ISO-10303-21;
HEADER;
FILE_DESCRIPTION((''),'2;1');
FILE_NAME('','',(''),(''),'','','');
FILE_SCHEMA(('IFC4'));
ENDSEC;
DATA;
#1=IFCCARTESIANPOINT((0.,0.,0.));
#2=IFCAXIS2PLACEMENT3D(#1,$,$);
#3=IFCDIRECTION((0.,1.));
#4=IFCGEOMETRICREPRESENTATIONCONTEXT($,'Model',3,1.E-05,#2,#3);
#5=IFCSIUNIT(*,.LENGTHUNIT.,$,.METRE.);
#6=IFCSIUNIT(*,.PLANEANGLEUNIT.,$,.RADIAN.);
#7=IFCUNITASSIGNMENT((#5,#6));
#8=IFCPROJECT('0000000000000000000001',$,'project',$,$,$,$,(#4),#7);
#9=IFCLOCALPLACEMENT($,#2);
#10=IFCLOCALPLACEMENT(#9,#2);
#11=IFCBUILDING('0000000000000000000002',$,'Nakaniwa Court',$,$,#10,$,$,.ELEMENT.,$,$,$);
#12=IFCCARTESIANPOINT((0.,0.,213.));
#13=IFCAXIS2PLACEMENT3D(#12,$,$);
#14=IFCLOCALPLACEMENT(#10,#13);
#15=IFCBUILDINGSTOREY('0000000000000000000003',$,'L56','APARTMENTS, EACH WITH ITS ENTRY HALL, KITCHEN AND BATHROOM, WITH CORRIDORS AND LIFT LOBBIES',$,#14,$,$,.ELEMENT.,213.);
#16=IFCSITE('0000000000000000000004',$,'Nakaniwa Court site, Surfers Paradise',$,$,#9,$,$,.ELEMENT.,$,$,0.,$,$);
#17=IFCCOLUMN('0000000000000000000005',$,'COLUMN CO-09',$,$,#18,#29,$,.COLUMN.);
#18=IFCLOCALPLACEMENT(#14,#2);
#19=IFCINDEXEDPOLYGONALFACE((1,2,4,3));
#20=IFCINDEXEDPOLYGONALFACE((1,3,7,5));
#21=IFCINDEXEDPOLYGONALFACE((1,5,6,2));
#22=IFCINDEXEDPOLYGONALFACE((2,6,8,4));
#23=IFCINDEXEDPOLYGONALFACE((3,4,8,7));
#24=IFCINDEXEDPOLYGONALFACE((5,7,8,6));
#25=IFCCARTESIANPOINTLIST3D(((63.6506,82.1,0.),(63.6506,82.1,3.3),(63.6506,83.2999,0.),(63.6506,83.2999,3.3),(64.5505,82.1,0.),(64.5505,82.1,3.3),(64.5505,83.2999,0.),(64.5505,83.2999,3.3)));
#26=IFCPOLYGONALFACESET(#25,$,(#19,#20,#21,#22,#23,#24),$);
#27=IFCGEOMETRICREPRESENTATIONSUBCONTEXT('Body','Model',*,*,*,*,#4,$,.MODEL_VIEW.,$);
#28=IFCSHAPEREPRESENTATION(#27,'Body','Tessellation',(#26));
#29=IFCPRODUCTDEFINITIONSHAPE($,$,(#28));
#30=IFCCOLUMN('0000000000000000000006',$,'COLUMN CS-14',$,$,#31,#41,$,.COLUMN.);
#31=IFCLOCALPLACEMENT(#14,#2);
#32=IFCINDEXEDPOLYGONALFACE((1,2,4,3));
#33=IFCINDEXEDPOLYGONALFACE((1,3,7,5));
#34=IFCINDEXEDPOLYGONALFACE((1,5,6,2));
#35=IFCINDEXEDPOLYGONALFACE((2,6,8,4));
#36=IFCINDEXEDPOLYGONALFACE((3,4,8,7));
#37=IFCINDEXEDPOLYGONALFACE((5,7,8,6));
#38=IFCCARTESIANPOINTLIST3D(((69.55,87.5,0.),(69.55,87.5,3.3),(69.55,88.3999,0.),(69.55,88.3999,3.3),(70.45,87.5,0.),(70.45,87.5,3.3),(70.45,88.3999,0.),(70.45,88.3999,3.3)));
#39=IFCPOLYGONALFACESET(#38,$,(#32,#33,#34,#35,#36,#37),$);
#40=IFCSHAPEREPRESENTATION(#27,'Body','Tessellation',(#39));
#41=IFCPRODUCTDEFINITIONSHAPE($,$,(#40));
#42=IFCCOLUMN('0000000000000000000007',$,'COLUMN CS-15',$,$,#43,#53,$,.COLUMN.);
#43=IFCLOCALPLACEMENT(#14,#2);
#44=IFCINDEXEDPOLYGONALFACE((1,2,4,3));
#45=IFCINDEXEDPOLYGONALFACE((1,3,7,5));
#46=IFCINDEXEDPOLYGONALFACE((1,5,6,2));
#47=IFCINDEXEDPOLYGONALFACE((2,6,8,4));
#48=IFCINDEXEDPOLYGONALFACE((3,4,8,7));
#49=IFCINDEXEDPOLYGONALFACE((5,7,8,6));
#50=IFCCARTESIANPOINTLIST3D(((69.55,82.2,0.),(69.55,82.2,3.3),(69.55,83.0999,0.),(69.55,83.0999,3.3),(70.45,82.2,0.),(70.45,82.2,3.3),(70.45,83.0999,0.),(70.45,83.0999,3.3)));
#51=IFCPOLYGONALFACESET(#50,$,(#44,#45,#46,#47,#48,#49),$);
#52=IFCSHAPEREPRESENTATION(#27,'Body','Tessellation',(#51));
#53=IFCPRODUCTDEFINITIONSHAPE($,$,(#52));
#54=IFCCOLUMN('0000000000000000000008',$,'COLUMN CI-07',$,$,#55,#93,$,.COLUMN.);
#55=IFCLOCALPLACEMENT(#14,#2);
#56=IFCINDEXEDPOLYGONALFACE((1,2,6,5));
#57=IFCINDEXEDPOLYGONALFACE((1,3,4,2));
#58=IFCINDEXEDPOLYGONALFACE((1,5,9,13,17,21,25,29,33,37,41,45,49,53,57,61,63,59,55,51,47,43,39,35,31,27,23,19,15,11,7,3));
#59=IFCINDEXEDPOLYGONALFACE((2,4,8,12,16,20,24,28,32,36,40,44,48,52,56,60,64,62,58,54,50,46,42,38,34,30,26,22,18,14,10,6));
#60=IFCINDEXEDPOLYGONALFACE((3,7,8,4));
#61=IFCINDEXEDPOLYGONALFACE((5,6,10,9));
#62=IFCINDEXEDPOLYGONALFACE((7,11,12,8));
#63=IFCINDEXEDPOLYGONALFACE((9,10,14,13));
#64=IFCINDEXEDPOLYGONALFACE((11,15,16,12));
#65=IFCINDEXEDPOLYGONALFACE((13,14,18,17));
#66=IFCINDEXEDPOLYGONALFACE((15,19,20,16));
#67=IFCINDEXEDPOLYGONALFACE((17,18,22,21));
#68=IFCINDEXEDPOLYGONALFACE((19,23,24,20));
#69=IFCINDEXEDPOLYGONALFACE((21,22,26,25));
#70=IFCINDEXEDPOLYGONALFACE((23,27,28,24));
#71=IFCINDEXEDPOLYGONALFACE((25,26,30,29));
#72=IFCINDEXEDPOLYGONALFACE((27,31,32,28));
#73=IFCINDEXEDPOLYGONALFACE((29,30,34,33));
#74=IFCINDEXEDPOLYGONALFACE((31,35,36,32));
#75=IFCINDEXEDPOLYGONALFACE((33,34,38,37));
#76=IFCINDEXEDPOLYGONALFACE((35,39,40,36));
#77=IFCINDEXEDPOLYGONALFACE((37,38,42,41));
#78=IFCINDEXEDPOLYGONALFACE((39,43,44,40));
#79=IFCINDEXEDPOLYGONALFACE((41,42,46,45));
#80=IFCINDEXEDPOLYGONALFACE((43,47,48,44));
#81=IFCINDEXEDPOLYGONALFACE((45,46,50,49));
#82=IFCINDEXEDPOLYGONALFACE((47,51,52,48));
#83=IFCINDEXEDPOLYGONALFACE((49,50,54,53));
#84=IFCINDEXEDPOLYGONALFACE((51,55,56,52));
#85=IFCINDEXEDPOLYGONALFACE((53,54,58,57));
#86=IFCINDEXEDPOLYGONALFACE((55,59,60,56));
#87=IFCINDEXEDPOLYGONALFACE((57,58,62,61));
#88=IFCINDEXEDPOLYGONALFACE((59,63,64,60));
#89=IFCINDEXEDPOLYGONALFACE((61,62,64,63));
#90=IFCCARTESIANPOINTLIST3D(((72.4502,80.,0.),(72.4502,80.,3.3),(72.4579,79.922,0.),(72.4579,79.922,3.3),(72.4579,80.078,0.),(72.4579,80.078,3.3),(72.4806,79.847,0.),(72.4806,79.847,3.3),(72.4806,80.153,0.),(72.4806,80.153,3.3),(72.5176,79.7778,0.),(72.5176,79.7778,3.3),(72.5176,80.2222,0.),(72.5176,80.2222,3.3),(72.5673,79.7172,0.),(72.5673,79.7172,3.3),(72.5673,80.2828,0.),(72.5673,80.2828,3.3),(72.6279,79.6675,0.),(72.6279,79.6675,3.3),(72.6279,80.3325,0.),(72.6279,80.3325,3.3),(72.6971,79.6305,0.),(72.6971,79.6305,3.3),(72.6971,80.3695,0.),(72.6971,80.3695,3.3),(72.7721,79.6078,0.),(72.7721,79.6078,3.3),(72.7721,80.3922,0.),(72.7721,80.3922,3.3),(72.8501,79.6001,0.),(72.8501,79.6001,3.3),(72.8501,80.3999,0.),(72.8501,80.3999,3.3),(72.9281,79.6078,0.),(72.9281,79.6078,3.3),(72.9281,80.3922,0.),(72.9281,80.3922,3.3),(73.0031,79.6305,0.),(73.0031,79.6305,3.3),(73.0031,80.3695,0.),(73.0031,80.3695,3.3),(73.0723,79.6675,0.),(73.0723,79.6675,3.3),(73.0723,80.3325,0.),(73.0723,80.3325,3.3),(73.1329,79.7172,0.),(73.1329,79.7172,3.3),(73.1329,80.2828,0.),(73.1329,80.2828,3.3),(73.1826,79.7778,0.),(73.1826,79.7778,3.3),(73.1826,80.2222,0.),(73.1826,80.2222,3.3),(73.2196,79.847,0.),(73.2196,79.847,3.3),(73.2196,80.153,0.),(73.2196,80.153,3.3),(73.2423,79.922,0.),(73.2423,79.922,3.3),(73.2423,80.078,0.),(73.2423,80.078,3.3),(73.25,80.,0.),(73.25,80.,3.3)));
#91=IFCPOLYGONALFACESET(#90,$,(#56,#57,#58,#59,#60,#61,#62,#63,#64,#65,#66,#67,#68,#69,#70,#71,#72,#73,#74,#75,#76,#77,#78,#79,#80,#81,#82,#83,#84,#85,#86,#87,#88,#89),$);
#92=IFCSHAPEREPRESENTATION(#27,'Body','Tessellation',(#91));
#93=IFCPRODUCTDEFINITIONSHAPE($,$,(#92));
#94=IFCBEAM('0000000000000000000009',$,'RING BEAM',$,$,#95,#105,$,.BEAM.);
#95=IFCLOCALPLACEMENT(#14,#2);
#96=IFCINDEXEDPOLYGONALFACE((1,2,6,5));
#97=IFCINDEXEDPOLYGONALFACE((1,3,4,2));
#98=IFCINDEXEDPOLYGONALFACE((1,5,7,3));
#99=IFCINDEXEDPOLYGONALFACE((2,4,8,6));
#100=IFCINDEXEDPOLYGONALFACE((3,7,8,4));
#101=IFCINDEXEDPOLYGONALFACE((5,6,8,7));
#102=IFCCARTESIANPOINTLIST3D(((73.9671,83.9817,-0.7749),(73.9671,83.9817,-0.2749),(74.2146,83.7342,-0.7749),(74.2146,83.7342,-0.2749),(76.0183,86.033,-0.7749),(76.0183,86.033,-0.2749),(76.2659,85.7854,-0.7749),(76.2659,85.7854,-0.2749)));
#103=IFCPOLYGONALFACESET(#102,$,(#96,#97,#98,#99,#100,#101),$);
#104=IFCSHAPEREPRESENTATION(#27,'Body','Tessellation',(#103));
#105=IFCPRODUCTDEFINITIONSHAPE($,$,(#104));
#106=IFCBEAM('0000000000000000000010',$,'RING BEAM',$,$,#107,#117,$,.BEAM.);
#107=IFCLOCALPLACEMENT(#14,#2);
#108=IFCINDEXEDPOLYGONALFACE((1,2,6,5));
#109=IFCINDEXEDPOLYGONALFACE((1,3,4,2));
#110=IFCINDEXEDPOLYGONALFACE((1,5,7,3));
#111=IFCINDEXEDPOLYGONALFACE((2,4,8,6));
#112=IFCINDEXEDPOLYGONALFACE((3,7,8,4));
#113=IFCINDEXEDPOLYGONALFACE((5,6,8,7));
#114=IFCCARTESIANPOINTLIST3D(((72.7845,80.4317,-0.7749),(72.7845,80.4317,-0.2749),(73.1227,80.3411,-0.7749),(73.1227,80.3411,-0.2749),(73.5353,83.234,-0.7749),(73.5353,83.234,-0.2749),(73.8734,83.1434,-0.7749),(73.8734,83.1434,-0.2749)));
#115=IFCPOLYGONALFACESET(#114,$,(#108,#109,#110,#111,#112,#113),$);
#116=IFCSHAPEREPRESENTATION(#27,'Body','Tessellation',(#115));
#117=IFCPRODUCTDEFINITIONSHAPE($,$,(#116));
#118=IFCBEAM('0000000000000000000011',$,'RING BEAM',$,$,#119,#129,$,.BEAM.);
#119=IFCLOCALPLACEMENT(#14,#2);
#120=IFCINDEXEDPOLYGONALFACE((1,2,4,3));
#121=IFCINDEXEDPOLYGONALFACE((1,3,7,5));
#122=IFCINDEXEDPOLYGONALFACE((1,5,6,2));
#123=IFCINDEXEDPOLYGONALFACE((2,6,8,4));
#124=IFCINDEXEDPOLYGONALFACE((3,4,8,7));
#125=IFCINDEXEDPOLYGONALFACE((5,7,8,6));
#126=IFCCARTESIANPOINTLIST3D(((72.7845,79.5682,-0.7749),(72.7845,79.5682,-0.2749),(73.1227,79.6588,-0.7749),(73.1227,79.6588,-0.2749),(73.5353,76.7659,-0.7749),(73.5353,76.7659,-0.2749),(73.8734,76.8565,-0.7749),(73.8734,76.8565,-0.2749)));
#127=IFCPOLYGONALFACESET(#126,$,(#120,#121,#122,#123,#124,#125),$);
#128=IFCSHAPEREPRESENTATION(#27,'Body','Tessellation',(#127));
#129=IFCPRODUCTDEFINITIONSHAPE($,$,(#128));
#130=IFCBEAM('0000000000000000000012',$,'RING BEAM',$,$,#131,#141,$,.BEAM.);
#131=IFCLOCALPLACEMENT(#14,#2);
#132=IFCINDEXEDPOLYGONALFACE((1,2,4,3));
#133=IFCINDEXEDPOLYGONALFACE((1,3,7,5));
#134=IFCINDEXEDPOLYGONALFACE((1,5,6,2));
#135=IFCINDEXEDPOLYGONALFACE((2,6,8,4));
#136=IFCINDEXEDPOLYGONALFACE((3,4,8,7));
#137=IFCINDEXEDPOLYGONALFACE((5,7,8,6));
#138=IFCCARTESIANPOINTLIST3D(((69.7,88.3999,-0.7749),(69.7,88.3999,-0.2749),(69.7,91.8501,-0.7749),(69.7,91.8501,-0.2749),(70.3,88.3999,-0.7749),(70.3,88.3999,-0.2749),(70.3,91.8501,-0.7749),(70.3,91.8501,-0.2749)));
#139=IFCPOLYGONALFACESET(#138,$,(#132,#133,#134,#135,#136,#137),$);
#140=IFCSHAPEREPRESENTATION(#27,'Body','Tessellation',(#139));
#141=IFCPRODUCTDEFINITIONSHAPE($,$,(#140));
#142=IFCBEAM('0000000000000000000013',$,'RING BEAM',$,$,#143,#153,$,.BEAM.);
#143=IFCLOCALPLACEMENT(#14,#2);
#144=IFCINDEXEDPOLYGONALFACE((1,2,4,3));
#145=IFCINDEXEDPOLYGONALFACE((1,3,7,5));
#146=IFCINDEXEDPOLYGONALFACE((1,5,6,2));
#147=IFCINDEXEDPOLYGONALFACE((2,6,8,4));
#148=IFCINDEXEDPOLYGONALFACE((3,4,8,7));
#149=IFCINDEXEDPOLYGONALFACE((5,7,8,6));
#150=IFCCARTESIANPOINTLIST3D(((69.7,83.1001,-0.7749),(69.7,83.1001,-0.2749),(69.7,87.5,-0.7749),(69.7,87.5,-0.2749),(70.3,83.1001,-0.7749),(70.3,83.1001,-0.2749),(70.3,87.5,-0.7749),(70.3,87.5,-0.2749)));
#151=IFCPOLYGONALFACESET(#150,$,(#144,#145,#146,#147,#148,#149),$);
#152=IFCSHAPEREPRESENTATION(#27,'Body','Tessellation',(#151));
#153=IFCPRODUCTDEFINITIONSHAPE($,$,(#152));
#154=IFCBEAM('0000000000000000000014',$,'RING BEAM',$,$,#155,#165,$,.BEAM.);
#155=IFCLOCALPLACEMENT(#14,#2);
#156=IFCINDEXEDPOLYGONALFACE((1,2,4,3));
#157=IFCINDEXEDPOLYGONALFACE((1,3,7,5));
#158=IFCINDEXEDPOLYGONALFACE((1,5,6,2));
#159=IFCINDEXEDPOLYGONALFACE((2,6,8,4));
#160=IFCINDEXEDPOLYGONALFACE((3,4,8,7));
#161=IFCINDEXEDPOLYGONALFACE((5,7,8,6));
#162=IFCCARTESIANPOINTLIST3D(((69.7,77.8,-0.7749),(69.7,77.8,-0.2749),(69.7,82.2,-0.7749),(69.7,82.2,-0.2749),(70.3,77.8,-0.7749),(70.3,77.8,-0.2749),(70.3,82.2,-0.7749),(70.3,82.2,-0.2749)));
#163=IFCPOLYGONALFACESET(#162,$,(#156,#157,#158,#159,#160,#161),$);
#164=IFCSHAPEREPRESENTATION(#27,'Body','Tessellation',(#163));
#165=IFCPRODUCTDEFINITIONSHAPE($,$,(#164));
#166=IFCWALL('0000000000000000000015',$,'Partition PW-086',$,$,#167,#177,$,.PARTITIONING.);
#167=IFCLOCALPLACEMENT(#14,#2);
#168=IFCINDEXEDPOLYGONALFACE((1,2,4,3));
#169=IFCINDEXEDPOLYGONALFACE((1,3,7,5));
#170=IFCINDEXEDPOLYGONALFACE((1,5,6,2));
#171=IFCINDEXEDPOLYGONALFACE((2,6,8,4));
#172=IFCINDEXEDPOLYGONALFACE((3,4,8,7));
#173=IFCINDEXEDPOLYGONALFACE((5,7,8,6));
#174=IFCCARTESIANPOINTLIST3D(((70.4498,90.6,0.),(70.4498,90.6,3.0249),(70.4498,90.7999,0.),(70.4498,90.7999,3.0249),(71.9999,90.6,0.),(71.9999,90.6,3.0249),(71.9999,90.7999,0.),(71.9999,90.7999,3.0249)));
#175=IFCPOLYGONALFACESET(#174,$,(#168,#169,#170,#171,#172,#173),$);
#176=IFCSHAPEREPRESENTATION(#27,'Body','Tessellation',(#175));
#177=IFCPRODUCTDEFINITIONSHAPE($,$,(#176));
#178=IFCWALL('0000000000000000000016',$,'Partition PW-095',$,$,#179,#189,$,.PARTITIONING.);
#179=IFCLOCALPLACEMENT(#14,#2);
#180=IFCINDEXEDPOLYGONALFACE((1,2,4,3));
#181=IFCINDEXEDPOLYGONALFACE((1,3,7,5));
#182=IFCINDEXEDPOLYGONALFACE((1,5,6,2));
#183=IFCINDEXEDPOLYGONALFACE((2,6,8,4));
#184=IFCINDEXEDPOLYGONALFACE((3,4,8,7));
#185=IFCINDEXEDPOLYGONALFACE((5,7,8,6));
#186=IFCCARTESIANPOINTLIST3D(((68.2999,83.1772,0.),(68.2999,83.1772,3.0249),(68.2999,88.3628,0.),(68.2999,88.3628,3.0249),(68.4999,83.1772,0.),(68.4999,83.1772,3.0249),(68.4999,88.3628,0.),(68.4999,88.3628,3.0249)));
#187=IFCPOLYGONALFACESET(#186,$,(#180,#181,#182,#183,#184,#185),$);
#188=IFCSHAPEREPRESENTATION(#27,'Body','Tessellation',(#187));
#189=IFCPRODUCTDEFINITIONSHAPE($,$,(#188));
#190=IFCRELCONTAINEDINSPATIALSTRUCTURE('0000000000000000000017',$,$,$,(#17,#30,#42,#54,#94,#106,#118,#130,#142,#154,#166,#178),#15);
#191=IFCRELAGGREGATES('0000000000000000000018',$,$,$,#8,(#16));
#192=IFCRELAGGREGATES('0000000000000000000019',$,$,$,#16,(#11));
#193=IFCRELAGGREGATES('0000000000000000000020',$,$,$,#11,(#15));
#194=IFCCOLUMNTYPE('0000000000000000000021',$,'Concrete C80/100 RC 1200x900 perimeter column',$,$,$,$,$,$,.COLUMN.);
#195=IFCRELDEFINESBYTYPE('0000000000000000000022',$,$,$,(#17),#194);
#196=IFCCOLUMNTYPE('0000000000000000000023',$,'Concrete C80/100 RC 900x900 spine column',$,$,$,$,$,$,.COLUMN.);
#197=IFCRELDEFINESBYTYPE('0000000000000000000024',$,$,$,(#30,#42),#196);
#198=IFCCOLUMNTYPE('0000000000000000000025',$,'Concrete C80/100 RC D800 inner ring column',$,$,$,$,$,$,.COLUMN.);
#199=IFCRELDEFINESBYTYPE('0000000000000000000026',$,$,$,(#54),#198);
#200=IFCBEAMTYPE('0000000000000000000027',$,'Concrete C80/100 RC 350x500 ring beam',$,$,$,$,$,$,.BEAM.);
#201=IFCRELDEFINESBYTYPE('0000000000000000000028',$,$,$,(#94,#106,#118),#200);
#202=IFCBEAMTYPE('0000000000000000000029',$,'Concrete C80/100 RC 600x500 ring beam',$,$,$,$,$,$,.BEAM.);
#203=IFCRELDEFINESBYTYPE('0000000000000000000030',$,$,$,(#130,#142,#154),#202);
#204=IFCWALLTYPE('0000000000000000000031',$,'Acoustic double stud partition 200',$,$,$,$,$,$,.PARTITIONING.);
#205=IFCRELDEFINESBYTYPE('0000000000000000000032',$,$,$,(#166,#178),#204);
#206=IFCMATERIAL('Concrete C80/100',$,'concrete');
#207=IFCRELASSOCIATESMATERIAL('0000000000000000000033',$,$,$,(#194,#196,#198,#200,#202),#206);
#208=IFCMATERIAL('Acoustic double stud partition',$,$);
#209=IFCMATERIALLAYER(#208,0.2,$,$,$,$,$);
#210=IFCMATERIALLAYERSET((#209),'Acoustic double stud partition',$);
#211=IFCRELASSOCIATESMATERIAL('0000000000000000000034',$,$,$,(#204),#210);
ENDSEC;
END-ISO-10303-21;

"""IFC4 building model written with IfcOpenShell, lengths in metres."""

from ifc_helpers import new_model, si_unit, direction, frame, frame_2d, origin, origin_2d, place, context, subcontext, project, spatial, rectangle, circle, extrude, material, layer, layer_set, material_profile, profile_set, type_object, element, save


model = new_model("IFC4")

# Units and contexts
model_context = context("Model", 3, precision=1e-05, world=origin(), true_north=direction((0.0, 1.0)))
body_context = subcontext(model_context, "Body", "Model", "MODEL_VIEW")
ifc_project = project(units=[si_unit("LENGTHUNIT", "METRE"), si_unit("PLANEANGLEUNIT", "RADIAN")], contexts=[model_context])

# Site, building, storey
site_placement = place(None, origin())
site = spatial("IfcSite", under=ifc_project, at=site_placement, Name="Nakaniwa Court site, Surfers Paradise", CompositionType="ELEMENT", RefElevation=0.0)
building_placement = place(site_placement, origin())
building = spatial("IfcBuilding", under=site, at=building_placement, Name="Nakaniwa Court", CompositionType="ELEMENT")
storey_placement = place(building_placement, frame((0.0, 0.0, 213.0)))
storey = spatial("IfcBuildingStorey", under=building, at=storey_placement, Name="L56", Description="APARTMENTS, EACH WITH ITS ENTRY HALL, KITCHEN AND BATHROOM, WITH CORRIDORS AND LIFT LOBBIES", CompositionType="ELEMENT", Elevation=213.0)

# Columns
ifc_material_1 = material(Name="Concrete C80/100", Category="concrete")
ifc_material_profile_1 = material_profile(ifc_material_1, rectangle(XDim=1.2, YDim=0.8999, at=origin_2d()), Name="Concrete C80/100 RC 1200x900 perimeter column")
ifc_profile_set_1 = profile_set([ifc_material_profile_1], Name="Concrete C80/100")
column_type_1 = type_object("IfcColumnType", Name="Concrete C80/100 RC 1200x900 perimeter column", PredefinedType="COLUMN", material=ifc_profile_set_1)
column_placement = place(storey_placement, frame((64.1006, 82.7, 0.0), z_axis=(0.0, 0.0, 1.0), x_axis=(0.0, -1.0, 0.0)))
element("IfcColumn", 1, at=column_placement, inside=storey, type_object=column_type_1, Name="COLUMN CO-09", PredefinedType="COLUMN", context=body_context, shape_type="SweptSolid", body=[
    extrude(rectangle(XDim=1.2, YDim=0.8999, at=origin_2d()), origin(), (0.0, 0.0, 1.0), 3.3),
])
ifc_material_profile_2 = material_profile(ifc_material_1, rectangle(XDim=0.8999, YDim=0.8999, at=origin_2d()), Name="Concrete C80/100 RC 900x900 spine column")
ifc_profile_set_2 = profile_set([ifc_material_profile_2], Name="Concrete C80/100")
column_type_2 = type_object("IfcColumnType", Name="Concrete C80/100 RC 900x900 spine column", PredefinedType="COLUMN", material=ifc_profile_set_2)
for number, where, z_axis, x_axis, name in (
    (2, (70.0, 87.95, 0.0), (0.0, 0.0, 1.0), (0.0, -1.0, 0.0), "COLUMN CS-14"),
    (3, (70.0, 82.6499, 0.0), (0.0, 0.0, 1.0), (0.0, -1.0, 0.0), "COLUMN CS-15"),
):
    element("IfcColumn", number, at=place(storey_placement, frame(where, z_axis=z_axis, x_axis=x_axis)), inside=storey, type_object=column_type_2, Name=name, PredefinedType="COLUMN", context=body_context, shape_type="SweptSolid", body=[
        extrude(rectangle(XDim=0.8999, YDim=0.8999, at=origin_2d()), origin(), (0.0, 0.0, 1.0), 3.3),
    ])
ifc_material_profile_3 = material_profile(ifc_material_1, circle(Radius=0.3999, at=origin_2d()), Name="Concrete C80/100 RC D800 inner ring column")
ifc_profile_set_3 = profile_set([ifc_material_profile_3], Name="Concrete C80/100")
column_type_3 = type_object("IfcColumnType", Name="Concrete C80/100 RC D800 inner ring column", PredefinedType="COLUMN", material=ifc_profile_set_3)
for number, where, z_axis, x_axis, name in (
    (4, (72.8501, 80.0, 0.0), (0.0, 0.0, 1.0), (0.0, -1.0, 0.0), "COLUMN CI-07"),
):
    element("IfcColumn", number, at=place(storey_placement, frame(where, z_axis=z_axis, x_axis=x_axis)), inside=storey, type_object=column_type_3, Name=name, PredefinedType="COLUMN", context=body_context, shape_type="SweptSolid", body=[
        extrude(circle(Radius=0.3999, at=origin_2d()), origin(), (0.0, 0.0, 1.0), 3.3),
    ])

# Beams
ifc_material_profile_4 = material_profile(ifc_material_1, rectangle(XDim=0.3501, YDim=0.5, at=origin_2d()), Name="Concrete C80/100 RC 350x500 ring beam")
ifc_profile_set_4 = profile_set([ifc_material_profile_4], Name="Concrete C80/100")
beam_type_1 = type_object("IfcBeamType", Name="Concrete C80/100 RC 350x500 ring beam", PredefinedType="BEAM", material=ifc_profile_set_4)
beam_1_placement = place(storey_placement, frame((76.1421, 85.9092, -0.5249), z_axis=(-0.707107, -0.707107, 0.0), x_axis=(0.707107, -0.707107, 0.0)))
element("IfcBeam", 5, at=beam_1_placement, inside=storey, type_object=beam_type_1, Name="RING BEAM", PredefinedType="BEAM", context=body_context, shape_type="SweptSolid", body=[
    extrude(rectangle(XDim=0.3501, YDim=0.5, at=origin_2d()), origin(), (0.0, 0.0, 1.0), 2.9009),
])
for number, where, z_axis, x_axis, name in (
    (6, (73.7043, 83.1887, -0.5249), (-0.258778, -0.965937, 0.0), (0.965937, -0.258778, 0.0), "RING BEAM"),
    (7, (72.9536, 79.6135, -0.5249), (0.258778, -0.965937, 0.0), (0.965937, 0.258778, 0.0), "RING BEAM"),
):
    element("IfcBeam", number, at=place(storey_placement, frame(where, z_axis=z_axis, x_axis=x_axis)), inside=storey, type_object=beam_type_1, Name=name, PredefinedType="BEAM", context=body_context, shape_type="SweptSolid", body=[
        extrude(rectangle(XDim=0.3501, YDim=0.5, at=origin_2d()), origin(), (0.0, 0.0, 1.0), 2.9011),
    ])
ifc_material_profile_5 = material_profile(ifc_material_1, rectangle(XDim=0.6001, YDim=0.5, at=origin_2d()), Name="Concrete C80/100 RC 600x500 ring beam")
ifc_profile_set_5 = profile_set([ifc_material_profile_5], Name="Concrete C80/100")
beam_type_2 = type_object("IfcBeamType", Name="Concrete C80/100 RC 600x500 ring beam", PredefinedType="BEAM", material=ifc_profile_set_5)
beam_2_placement = place(storey_placement, frame((70.0, 91.8501, -0.5249), z_axis=(0.0, -1.0, 0.0), x_axis=(1.0, 0.0, 0.0)))
element("IfcBeam", 8, at=beam_2_placement, inside=storey, type_object=beam_type_2, Name="RING BEAM", PredefinedType="BEAM", context=body_context, shape_type="SweptSolid", body=[
    extrude(rectangle(XDim=0.6001, YDim=0.5, at=origin_2d()), origin(), (0.0, 0.0, 1.0), 3.4502),
])
for number, where, z_axis, x_axis, name in (
    (9, (70.0, 87.5, -0.5249), (0.0, -1.0, 0.0), (1.0, 0.0, 0.0), "RING BEAM"),
    (10, (70.0, 82.2, -0.5249), (0.0, -1.0, 0.0), (1.0, 0.0, 0.0), "RING BEAM"),
):
    element("IfcBeam", number, at=place(storey_placement, frame(where, z_axis=z_axis, x_axis=x_axis)), inside=storey, type_object=beam_type_2, Name=name, PredefinedType="BEAM", context=body_context, shape_type="SweptSolid", body=[
        extrude(rectangle(XDim=0.6001, YDim=0.5, at=origin_2d()), origin(), (0.0, 0.0, 1.0), 4.3999),
    ])

# Walls
ifc_material_2 = material(Name="Acoustic double stud partition")
ifc_layer_1 = layer(ifc_material_2, 0.2)
ifc_layer_set_1 = layer_set([ifc_layer_1], Name="Acoustic double stud partition")
wall_type_1 = type_object("IfcWallType", Name="Acoustic double stud partition 200", PredefinedType="PARTITIONING", material=ifc_layer_set_1)
wall_1_placement = place(storey_placement, frame((70.45, 90.7, 0.0), z_axis=(0.0, 0.0, 1.0), x_axis=(1.0, 0.0, 0.0)))
element("IfcWall", 11, at=wall_1_placement, inside=storey, type_object=wall_type_1, Name="Partition PW-086", PredefinedType="PARTITIONING", context=body_context, shape_type="SweptSolid", body=[
    extrude(rectangle(XDim=1.55, YDim=0.2, at=frame_2d((0.7749, 0.0))), origin(), (0.0, 0.0, 1.0), 3.0249),
])
wall_2_placement = place(storey_placement, frame((68.3999, 83.1772, 0.0), z_axis=(0.0, 0.0, 1.0), x_axis=(0.0, 1.0, 0.0)))
element("IfcWall", 12, at=wall_2_placement, inside=storey, type_object=wall_type_1, Name="Partition PW-095", PredefinedType="PARTITIONING", context=body_context, shape_type="SweptSolid", body=[
    extrude(rectangle(XDim=5.1855, YDim=0.2, at=frame_2d((2.5928, 0.0))), origin(), (0.0, 0.0, 1.0), 3.0249),
])

save(model, "model.ifc")
